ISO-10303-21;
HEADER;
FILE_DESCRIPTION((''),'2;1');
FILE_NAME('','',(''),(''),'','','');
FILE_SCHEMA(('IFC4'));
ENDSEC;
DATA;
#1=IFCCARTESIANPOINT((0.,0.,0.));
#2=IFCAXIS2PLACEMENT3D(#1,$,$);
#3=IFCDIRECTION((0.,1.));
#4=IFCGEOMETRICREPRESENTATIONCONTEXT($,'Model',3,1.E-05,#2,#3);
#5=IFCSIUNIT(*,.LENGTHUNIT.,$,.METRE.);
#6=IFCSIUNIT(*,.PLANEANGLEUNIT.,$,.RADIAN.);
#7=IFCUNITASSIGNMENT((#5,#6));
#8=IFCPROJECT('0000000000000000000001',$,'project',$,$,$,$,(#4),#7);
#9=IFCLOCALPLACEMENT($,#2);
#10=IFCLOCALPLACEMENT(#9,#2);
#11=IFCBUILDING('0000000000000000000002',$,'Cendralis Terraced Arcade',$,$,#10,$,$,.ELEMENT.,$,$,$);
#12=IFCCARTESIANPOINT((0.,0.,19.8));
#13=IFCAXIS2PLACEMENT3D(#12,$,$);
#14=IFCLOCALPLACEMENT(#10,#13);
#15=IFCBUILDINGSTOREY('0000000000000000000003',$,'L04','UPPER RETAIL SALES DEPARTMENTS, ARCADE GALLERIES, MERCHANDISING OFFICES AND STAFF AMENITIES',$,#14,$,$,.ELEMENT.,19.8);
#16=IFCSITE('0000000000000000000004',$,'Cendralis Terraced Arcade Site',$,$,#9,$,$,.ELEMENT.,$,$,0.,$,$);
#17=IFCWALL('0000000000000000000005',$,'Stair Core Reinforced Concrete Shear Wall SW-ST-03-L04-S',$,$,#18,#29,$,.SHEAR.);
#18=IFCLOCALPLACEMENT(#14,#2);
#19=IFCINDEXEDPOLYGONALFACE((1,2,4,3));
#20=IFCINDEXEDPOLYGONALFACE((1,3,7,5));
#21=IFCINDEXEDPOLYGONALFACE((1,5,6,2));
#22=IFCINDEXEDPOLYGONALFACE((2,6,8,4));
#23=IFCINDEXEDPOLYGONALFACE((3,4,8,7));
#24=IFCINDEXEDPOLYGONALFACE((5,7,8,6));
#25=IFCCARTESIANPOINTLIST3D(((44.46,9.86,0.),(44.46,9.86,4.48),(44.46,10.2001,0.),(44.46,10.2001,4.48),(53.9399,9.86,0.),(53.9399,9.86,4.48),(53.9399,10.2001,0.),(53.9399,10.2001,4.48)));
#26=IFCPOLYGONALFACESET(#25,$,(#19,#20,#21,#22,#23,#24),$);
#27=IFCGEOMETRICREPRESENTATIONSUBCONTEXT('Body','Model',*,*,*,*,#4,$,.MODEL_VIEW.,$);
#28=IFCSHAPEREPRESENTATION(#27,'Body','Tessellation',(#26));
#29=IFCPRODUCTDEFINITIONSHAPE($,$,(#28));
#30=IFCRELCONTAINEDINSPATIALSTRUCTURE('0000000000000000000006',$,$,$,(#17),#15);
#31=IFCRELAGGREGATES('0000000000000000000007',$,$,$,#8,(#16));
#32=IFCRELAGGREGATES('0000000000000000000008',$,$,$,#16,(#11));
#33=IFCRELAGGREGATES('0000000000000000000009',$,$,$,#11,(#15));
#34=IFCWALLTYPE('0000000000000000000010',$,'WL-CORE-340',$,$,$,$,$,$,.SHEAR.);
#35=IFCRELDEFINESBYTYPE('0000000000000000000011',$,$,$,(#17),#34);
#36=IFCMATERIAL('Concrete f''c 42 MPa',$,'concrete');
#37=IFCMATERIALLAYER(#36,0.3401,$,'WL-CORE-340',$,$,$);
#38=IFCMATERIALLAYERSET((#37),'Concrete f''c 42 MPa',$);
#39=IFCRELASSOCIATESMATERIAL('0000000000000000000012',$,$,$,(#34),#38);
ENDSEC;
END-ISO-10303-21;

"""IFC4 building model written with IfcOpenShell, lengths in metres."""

from ifc_helpers import new_model, si_unit, direction, frame, frame_2d, origin, place, context, subcontext, project, spatial, rectangle, extrude, material, layer, layer_set, type_object, element, save


model = new_model("IFC4")

# Units and contexts
model_context = context("Model", 3, precision=1e-05, world=origin(), true_north=direction((0.0, 1.0)))
body_context = subcontext(model_context, "Body", "Model", "MODEL_VIEW")
ifc_project = project(units=[si_unit("LENGTHUNIT", "METRE"), si_unit("PLANEANGLEUNIT", "RADIAN")], contexts=[model_context])

# Site, building, storey
site_placement = place(None, origin())
site = spatial("IfcSite", under=ifc_project, at=site_placement, Name="Cendralis Terraced Arcade Site", CompositionType="ELEMENT", RefElevation=0.0)
building_placement = place(site_placement, origin())
building = spatial("IfcBuilding", under=site, at=building_placement, Name="Cendralis Terraced Arcade", CompositionType="ELEMENT")
storey_placement = place(building_placement, frame((0.0, 0.0, 19.8)))
storey = spatial("IfcBuildingStorey", under=building, at=storey_placement, Name="L04", Description="UPPER RETAIL SALES DEPARTMENTS, ARCADE GALLERIES, MERCHANDISING OFFICES AND STAFF AMENITIES", CompositionType="ELEMENT", Elevation=19.8)

# Wall
ifc_material_1 = material(Name="Concrete f'c 42 MPa", Category="concrete")
ifc_layer_1 = layer(ifc_material_1, 0.3401, Name="WL-CORE-340")
ifc_layer_set_1 = layer_set([ifc_layer_1], Name="Concrete f'c 42 MPa")
wall_type = type_object("IfcWallType", Name="WL-CORE-340", PredefinedType="SHEAR", material=ifc_layer_set_1)
wall_placement = place(storey_placement, frame((44.46, 10.03, 0.0), z_axis=(0.0, 0.0, 1.0), x_axis=(1.0, 0.0, 0.0)))
element("IfcWall", 1, at=wall_placement, inside=storey, type_object=wall_type, Name="Stair Core Reinforced Concrete Shear Wall SW-ST-03-L04-S", PredefinedType="SHEAR", context=body_context, shape_type="SweptSolid", body=[
    extrude(rectangle(XDim=9.48, YDim=0.3401, at=frame_2d((4.74, 0.0))), origin(), (0.0, 0.0, 1.0), 4.48),
])

save(model, "model.ifc")
